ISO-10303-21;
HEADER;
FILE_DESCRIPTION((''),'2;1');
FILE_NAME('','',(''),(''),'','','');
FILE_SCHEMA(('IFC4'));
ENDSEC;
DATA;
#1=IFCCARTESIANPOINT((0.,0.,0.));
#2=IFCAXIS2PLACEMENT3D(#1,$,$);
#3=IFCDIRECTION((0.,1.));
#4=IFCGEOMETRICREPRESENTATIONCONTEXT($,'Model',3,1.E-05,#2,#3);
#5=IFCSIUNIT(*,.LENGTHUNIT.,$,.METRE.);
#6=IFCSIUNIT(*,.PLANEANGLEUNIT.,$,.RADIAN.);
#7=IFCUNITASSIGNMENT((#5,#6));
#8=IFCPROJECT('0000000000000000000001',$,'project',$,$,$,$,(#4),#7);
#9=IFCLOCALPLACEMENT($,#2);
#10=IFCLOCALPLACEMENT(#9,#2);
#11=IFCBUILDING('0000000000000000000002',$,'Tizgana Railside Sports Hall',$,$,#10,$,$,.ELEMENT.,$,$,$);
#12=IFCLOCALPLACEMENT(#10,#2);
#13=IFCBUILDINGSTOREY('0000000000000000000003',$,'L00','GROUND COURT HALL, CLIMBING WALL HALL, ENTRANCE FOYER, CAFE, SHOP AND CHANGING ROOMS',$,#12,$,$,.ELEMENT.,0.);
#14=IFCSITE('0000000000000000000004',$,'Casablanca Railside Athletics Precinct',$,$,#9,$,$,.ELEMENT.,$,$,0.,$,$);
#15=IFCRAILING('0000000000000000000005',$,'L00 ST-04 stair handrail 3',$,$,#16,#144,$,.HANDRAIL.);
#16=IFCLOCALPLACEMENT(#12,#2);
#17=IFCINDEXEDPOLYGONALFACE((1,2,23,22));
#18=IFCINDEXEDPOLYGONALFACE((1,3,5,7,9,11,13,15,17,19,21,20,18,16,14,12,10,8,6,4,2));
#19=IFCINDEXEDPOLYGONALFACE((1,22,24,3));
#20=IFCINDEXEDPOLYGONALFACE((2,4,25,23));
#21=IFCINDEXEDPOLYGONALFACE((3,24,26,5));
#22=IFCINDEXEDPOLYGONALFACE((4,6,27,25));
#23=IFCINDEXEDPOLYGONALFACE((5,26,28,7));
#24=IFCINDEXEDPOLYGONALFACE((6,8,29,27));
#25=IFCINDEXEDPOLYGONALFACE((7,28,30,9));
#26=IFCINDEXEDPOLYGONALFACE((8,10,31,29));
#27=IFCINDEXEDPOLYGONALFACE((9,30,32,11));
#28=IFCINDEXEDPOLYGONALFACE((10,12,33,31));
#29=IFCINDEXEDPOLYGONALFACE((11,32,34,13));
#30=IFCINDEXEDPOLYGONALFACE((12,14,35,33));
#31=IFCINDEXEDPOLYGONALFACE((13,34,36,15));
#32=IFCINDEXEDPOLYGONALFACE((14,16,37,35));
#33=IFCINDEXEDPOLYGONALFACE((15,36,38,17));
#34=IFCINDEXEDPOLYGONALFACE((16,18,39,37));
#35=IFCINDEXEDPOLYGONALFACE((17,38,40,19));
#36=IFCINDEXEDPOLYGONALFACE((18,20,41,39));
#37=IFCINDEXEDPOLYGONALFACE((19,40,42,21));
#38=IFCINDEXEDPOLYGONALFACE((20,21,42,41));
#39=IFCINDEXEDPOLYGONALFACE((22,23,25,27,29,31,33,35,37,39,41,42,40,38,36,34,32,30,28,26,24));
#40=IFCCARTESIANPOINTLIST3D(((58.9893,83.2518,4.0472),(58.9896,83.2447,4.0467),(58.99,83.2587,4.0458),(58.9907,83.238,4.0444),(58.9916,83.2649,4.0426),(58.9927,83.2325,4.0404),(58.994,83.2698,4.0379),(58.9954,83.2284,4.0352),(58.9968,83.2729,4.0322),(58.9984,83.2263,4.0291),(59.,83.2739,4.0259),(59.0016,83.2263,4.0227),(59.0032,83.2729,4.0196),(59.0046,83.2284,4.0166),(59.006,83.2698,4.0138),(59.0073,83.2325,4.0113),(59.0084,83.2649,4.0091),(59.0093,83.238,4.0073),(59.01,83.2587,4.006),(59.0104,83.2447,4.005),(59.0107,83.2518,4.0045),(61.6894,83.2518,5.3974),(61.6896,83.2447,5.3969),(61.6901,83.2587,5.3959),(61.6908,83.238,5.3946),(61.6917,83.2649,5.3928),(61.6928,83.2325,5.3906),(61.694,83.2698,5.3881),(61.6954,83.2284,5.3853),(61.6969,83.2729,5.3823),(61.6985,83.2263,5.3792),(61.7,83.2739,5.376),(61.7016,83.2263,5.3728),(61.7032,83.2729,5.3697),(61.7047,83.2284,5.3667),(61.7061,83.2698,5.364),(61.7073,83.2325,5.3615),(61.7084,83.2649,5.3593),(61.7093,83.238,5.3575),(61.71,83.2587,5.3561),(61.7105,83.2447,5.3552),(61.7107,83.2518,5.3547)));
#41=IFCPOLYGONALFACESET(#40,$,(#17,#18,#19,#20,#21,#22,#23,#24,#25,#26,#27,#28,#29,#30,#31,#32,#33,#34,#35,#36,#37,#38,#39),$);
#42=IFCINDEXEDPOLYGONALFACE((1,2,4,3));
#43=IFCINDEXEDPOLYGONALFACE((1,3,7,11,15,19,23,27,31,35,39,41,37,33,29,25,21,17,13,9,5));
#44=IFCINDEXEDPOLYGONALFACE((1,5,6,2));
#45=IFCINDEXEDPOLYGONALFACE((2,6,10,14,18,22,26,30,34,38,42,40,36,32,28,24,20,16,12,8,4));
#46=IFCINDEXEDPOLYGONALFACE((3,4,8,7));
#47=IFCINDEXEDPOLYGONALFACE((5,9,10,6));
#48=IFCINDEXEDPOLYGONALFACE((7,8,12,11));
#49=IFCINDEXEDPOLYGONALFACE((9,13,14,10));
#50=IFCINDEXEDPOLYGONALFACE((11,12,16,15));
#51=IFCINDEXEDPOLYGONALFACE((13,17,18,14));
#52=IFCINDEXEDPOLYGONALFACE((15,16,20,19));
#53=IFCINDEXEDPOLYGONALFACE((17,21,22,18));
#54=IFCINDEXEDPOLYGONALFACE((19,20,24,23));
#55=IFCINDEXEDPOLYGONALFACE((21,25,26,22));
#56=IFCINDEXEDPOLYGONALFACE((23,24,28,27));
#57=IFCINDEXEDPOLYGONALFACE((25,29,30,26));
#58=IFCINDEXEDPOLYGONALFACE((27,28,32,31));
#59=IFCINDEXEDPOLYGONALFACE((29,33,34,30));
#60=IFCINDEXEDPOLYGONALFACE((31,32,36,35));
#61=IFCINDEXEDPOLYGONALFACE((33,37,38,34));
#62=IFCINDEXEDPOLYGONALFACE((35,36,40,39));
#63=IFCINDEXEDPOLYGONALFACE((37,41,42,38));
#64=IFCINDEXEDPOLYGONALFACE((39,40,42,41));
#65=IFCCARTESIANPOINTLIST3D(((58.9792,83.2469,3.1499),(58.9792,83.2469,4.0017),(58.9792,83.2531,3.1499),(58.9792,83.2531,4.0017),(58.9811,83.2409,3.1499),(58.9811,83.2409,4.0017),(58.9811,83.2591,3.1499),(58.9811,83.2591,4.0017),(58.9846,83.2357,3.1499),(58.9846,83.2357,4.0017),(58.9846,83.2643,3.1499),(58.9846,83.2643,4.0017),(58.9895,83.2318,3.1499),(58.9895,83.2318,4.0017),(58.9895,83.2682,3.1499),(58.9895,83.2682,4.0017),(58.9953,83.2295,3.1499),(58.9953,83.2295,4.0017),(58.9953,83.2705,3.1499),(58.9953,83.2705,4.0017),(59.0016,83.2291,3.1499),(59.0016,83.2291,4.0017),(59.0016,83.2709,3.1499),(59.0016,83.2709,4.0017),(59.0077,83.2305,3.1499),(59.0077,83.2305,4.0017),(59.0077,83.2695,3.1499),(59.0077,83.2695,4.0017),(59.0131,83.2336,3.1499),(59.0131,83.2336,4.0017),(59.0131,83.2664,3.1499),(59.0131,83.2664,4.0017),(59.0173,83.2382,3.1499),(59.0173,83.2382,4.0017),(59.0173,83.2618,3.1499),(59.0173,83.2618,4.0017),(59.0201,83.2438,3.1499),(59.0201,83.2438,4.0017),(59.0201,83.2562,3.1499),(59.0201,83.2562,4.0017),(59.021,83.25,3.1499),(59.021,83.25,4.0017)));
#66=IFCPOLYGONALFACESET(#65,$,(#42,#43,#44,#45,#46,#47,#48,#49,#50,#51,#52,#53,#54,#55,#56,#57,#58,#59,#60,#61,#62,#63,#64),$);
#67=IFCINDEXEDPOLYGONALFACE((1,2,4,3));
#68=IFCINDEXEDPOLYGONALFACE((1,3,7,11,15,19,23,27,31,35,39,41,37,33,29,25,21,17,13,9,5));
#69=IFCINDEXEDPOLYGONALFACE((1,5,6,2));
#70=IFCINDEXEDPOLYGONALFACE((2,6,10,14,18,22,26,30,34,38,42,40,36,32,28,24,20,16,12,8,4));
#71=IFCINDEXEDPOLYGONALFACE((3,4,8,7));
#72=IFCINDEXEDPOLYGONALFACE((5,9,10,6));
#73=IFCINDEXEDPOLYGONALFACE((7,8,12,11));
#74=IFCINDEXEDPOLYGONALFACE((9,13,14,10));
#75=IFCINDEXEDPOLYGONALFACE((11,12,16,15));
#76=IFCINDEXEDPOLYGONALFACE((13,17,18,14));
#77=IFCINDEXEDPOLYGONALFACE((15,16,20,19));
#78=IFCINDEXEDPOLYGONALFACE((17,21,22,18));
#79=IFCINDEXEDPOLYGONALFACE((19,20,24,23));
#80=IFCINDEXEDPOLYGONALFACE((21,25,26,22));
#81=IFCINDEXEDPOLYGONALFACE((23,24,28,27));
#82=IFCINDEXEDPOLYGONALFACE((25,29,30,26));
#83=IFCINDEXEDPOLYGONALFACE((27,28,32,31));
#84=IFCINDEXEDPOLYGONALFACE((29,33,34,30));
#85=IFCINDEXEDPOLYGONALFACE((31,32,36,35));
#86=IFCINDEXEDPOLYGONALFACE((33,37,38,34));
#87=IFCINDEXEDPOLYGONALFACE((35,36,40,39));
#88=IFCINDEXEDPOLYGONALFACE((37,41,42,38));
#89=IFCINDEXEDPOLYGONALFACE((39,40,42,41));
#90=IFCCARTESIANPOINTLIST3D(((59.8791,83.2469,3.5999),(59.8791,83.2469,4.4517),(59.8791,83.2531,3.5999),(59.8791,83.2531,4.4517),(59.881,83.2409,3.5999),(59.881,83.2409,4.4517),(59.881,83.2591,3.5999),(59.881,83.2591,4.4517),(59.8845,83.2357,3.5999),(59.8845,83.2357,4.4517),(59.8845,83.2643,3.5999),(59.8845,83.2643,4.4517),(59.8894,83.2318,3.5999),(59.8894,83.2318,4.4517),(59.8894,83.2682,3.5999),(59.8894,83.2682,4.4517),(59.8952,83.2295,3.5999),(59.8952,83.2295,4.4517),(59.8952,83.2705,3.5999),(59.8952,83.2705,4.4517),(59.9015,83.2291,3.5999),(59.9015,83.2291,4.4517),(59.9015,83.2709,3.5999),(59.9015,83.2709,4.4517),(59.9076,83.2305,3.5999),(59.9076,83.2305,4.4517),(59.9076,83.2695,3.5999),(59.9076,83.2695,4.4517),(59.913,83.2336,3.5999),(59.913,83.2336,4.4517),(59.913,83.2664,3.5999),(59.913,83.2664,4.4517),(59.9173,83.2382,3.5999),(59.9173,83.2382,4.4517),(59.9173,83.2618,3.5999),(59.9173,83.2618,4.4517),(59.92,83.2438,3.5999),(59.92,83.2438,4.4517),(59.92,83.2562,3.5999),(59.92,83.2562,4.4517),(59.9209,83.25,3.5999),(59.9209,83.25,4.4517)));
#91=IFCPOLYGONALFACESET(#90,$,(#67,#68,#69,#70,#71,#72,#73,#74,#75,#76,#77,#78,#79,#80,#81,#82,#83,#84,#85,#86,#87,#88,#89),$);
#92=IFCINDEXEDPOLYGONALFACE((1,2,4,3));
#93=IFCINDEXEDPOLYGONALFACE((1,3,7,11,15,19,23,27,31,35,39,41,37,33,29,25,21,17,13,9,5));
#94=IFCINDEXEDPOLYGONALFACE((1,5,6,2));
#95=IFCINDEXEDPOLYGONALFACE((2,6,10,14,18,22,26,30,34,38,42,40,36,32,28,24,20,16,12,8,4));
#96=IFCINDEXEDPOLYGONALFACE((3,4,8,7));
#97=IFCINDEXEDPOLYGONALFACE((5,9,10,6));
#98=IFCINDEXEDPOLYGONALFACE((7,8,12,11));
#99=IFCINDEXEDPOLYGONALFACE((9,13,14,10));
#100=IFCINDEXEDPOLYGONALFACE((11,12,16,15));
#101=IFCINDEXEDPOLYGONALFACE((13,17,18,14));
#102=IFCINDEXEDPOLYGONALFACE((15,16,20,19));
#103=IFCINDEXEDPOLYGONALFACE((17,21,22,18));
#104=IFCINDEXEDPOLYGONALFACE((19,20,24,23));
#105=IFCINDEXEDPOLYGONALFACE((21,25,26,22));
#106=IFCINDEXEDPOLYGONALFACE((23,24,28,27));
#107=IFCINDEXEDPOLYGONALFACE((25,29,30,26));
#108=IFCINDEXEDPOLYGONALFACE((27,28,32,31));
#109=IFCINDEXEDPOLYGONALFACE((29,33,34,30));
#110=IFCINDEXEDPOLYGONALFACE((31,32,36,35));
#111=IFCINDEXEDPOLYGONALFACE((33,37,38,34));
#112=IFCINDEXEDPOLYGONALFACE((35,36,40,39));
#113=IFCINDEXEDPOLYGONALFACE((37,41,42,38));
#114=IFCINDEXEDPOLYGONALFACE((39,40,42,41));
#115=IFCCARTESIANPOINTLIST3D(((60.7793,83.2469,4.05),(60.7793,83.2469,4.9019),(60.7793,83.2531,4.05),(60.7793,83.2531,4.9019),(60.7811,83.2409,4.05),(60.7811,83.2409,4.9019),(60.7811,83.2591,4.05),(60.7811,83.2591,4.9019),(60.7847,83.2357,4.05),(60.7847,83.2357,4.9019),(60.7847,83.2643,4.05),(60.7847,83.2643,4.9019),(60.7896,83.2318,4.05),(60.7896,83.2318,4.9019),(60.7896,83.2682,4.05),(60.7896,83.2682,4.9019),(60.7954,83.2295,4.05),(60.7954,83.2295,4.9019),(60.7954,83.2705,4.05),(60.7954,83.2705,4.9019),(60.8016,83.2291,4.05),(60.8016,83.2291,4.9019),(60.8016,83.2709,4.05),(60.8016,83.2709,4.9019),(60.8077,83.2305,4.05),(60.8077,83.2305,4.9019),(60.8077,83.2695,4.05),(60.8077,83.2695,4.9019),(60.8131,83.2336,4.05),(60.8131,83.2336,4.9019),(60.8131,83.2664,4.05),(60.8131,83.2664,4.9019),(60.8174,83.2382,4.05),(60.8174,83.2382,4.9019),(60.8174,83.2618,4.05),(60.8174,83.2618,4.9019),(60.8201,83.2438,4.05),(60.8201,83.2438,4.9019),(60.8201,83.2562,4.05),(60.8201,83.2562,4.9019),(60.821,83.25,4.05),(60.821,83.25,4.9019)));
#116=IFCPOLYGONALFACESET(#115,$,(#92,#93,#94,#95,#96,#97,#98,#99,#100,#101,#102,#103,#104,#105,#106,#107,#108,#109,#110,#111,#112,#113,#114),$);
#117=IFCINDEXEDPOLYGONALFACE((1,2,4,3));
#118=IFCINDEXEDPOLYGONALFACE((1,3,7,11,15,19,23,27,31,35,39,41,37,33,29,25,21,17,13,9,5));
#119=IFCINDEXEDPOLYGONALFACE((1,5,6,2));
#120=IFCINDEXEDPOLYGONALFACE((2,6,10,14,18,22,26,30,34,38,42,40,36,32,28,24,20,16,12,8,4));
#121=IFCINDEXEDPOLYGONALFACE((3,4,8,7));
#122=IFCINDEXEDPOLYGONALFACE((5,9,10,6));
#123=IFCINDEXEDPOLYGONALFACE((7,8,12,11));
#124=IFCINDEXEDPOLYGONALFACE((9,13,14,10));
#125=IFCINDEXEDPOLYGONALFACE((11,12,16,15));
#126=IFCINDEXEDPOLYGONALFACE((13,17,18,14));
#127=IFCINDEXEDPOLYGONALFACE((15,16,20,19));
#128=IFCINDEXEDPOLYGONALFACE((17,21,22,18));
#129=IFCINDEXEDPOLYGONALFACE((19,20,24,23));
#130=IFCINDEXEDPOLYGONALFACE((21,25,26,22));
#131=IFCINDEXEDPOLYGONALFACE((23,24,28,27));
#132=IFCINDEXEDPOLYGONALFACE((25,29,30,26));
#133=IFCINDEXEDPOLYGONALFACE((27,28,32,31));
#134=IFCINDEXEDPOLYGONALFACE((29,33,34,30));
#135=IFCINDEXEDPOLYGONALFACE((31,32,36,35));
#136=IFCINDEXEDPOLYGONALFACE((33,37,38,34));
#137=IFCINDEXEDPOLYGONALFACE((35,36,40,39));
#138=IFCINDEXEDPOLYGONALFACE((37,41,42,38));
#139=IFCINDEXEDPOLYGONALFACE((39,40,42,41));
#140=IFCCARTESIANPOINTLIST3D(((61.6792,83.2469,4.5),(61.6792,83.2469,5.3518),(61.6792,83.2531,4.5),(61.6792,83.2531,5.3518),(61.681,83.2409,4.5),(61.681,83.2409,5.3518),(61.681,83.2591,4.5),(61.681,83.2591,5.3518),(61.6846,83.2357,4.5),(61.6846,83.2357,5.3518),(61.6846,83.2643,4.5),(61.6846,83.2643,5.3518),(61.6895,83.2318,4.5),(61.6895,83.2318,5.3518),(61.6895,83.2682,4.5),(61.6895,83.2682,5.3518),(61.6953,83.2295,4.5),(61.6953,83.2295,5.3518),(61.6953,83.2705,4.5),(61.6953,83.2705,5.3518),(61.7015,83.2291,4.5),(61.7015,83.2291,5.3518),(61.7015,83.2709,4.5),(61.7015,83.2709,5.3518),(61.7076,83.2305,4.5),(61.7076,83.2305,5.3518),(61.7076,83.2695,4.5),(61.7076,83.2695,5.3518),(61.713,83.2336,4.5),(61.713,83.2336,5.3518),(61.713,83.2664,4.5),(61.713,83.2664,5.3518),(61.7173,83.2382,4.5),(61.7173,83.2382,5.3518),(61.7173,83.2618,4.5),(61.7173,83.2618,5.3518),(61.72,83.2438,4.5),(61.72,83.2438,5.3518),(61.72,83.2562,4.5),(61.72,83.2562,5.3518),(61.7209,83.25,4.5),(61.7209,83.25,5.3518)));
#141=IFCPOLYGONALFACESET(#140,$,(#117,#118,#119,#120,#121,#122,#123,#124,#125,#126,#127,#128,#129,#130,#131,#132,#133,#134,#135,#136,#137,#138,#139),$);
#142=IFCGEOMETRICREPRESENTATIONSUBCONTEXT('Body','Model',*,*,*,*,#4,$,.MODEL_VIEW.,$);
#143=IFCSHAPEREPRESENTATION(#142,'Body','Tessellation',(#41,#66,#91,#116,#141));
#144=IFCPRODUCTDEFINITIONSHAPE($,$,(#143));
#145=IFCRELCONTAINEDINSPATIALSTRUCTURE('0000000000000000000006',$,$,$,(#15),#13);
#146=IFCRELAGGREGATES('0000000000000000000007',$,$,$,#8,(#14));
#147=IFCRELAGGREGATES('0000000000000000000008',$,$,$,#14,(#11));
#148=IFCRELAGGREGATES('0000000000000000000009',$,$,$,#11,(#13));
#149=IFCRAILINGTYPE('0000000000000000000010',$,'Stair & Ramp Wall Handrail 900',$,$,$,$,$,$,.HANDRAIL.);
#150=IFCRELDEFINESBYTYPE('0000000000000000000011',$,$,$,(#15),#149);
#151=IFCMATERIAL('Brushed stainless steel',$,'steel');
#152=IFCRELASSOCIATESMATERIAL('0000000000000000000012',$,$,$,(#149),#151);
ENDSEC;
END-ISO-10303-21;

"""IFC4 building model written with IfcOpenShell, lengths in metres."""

from ifc_helpers import new_model, si_unit, direction, frame, origin, origin_2d, place, context, subcontext, project, spatial, circle, extrude, material, type_object, element, save


model = new_model("IFC4")

# Units and contexts
model_context = context("Model", 3, precision=1e-05, world=origin(), true_north=direction((0.0, 1.0)))
body_context = subcontext(model_context, "Body", "Model", "MODEL_VIEW")
ifc_project = project(units=[si_unit("LENGTHUNIT", "METRE"), si_unit("PLANEANGLEUNIT", "RADIAN")], contexts=[model_context])

# Site, building, storey
site_placement = place(None, origin())
site = spatial("IfcSite", under=ifc_project, at=site_placement, Name="Casablanca Railside Athletics Precinct", CompositionType="ELEMENT", RefElevation=0.0)
building_placement = place(site_placement, origin())
building = spatial("IfcBuilding", under=site, at=building_placement, Name="Tizgana Railside Sports Hall", CompositionType="ELEMENT")
storey_placement = place(building_placement, origin())
storey = spatial("IfcBuildingStorey", under=building, at=storey_placement, Name="L00", Description="GROUND COURT HALL, CLIMBING WALL HALL, ENTRANCE FOYER, CAFE, SHOP AND CHANGING ROOMS", CompositionType="ELEMENT", Elevation=0.0)

# Railing
ifc_material_1 = material(Name="Brushed stainless steel", Category="steel")
railing_type_1 = type_object("IfcRailingType", Name="Stair & Ramp Wall Handrail 900", PredefinedType="HANDRAIL", material=ifc_material_1)
railing_1_placement = place(storey_placement, frame((59.0, 83.25, 3.1499)))
element("IfcRailing", 1, at=railing_1_placement, inside=storey, type_object=railing_type_1, Name="L00 ST-04 stair handrail 3", PredefinedType="HANDRAIL", context=body_context, shape_type="SweptSolid", body=[
    extrude(circle(Radius=0.0239, at=origin_2d()), frame((0.0, 0.0, 0.876), z_axis=(0.894411, 0.0, 0.447246), x_axis=(0.0, 1.0, 0.0)), (0.0, 0.0, 1.0), 3.0188),
    extrude(circle(Radius=0.021, at=origin_2d()), origin(), (0.0, 0.0, 1.0), 0.8518),
    extrude(circle(Radius=0.021, at=origin_2d()), frame((0.8999, 0.0, 0.45)), (0.0, 0.0, 1.0), 0.8518),
    extrude(circle(Radius=0.021, at=origin_2d()), frame((1.8, 0.0, 0.9001)), (0.0, 0.0, 1.0), 0.8518),
    extrude(circle(Radius=0.021, at=origin_2d()), frame((2.7, 0.0, 1.3501)), (0.0, 0.0, 1.0), 0.8518),
])

save(model, "model.ifc")
